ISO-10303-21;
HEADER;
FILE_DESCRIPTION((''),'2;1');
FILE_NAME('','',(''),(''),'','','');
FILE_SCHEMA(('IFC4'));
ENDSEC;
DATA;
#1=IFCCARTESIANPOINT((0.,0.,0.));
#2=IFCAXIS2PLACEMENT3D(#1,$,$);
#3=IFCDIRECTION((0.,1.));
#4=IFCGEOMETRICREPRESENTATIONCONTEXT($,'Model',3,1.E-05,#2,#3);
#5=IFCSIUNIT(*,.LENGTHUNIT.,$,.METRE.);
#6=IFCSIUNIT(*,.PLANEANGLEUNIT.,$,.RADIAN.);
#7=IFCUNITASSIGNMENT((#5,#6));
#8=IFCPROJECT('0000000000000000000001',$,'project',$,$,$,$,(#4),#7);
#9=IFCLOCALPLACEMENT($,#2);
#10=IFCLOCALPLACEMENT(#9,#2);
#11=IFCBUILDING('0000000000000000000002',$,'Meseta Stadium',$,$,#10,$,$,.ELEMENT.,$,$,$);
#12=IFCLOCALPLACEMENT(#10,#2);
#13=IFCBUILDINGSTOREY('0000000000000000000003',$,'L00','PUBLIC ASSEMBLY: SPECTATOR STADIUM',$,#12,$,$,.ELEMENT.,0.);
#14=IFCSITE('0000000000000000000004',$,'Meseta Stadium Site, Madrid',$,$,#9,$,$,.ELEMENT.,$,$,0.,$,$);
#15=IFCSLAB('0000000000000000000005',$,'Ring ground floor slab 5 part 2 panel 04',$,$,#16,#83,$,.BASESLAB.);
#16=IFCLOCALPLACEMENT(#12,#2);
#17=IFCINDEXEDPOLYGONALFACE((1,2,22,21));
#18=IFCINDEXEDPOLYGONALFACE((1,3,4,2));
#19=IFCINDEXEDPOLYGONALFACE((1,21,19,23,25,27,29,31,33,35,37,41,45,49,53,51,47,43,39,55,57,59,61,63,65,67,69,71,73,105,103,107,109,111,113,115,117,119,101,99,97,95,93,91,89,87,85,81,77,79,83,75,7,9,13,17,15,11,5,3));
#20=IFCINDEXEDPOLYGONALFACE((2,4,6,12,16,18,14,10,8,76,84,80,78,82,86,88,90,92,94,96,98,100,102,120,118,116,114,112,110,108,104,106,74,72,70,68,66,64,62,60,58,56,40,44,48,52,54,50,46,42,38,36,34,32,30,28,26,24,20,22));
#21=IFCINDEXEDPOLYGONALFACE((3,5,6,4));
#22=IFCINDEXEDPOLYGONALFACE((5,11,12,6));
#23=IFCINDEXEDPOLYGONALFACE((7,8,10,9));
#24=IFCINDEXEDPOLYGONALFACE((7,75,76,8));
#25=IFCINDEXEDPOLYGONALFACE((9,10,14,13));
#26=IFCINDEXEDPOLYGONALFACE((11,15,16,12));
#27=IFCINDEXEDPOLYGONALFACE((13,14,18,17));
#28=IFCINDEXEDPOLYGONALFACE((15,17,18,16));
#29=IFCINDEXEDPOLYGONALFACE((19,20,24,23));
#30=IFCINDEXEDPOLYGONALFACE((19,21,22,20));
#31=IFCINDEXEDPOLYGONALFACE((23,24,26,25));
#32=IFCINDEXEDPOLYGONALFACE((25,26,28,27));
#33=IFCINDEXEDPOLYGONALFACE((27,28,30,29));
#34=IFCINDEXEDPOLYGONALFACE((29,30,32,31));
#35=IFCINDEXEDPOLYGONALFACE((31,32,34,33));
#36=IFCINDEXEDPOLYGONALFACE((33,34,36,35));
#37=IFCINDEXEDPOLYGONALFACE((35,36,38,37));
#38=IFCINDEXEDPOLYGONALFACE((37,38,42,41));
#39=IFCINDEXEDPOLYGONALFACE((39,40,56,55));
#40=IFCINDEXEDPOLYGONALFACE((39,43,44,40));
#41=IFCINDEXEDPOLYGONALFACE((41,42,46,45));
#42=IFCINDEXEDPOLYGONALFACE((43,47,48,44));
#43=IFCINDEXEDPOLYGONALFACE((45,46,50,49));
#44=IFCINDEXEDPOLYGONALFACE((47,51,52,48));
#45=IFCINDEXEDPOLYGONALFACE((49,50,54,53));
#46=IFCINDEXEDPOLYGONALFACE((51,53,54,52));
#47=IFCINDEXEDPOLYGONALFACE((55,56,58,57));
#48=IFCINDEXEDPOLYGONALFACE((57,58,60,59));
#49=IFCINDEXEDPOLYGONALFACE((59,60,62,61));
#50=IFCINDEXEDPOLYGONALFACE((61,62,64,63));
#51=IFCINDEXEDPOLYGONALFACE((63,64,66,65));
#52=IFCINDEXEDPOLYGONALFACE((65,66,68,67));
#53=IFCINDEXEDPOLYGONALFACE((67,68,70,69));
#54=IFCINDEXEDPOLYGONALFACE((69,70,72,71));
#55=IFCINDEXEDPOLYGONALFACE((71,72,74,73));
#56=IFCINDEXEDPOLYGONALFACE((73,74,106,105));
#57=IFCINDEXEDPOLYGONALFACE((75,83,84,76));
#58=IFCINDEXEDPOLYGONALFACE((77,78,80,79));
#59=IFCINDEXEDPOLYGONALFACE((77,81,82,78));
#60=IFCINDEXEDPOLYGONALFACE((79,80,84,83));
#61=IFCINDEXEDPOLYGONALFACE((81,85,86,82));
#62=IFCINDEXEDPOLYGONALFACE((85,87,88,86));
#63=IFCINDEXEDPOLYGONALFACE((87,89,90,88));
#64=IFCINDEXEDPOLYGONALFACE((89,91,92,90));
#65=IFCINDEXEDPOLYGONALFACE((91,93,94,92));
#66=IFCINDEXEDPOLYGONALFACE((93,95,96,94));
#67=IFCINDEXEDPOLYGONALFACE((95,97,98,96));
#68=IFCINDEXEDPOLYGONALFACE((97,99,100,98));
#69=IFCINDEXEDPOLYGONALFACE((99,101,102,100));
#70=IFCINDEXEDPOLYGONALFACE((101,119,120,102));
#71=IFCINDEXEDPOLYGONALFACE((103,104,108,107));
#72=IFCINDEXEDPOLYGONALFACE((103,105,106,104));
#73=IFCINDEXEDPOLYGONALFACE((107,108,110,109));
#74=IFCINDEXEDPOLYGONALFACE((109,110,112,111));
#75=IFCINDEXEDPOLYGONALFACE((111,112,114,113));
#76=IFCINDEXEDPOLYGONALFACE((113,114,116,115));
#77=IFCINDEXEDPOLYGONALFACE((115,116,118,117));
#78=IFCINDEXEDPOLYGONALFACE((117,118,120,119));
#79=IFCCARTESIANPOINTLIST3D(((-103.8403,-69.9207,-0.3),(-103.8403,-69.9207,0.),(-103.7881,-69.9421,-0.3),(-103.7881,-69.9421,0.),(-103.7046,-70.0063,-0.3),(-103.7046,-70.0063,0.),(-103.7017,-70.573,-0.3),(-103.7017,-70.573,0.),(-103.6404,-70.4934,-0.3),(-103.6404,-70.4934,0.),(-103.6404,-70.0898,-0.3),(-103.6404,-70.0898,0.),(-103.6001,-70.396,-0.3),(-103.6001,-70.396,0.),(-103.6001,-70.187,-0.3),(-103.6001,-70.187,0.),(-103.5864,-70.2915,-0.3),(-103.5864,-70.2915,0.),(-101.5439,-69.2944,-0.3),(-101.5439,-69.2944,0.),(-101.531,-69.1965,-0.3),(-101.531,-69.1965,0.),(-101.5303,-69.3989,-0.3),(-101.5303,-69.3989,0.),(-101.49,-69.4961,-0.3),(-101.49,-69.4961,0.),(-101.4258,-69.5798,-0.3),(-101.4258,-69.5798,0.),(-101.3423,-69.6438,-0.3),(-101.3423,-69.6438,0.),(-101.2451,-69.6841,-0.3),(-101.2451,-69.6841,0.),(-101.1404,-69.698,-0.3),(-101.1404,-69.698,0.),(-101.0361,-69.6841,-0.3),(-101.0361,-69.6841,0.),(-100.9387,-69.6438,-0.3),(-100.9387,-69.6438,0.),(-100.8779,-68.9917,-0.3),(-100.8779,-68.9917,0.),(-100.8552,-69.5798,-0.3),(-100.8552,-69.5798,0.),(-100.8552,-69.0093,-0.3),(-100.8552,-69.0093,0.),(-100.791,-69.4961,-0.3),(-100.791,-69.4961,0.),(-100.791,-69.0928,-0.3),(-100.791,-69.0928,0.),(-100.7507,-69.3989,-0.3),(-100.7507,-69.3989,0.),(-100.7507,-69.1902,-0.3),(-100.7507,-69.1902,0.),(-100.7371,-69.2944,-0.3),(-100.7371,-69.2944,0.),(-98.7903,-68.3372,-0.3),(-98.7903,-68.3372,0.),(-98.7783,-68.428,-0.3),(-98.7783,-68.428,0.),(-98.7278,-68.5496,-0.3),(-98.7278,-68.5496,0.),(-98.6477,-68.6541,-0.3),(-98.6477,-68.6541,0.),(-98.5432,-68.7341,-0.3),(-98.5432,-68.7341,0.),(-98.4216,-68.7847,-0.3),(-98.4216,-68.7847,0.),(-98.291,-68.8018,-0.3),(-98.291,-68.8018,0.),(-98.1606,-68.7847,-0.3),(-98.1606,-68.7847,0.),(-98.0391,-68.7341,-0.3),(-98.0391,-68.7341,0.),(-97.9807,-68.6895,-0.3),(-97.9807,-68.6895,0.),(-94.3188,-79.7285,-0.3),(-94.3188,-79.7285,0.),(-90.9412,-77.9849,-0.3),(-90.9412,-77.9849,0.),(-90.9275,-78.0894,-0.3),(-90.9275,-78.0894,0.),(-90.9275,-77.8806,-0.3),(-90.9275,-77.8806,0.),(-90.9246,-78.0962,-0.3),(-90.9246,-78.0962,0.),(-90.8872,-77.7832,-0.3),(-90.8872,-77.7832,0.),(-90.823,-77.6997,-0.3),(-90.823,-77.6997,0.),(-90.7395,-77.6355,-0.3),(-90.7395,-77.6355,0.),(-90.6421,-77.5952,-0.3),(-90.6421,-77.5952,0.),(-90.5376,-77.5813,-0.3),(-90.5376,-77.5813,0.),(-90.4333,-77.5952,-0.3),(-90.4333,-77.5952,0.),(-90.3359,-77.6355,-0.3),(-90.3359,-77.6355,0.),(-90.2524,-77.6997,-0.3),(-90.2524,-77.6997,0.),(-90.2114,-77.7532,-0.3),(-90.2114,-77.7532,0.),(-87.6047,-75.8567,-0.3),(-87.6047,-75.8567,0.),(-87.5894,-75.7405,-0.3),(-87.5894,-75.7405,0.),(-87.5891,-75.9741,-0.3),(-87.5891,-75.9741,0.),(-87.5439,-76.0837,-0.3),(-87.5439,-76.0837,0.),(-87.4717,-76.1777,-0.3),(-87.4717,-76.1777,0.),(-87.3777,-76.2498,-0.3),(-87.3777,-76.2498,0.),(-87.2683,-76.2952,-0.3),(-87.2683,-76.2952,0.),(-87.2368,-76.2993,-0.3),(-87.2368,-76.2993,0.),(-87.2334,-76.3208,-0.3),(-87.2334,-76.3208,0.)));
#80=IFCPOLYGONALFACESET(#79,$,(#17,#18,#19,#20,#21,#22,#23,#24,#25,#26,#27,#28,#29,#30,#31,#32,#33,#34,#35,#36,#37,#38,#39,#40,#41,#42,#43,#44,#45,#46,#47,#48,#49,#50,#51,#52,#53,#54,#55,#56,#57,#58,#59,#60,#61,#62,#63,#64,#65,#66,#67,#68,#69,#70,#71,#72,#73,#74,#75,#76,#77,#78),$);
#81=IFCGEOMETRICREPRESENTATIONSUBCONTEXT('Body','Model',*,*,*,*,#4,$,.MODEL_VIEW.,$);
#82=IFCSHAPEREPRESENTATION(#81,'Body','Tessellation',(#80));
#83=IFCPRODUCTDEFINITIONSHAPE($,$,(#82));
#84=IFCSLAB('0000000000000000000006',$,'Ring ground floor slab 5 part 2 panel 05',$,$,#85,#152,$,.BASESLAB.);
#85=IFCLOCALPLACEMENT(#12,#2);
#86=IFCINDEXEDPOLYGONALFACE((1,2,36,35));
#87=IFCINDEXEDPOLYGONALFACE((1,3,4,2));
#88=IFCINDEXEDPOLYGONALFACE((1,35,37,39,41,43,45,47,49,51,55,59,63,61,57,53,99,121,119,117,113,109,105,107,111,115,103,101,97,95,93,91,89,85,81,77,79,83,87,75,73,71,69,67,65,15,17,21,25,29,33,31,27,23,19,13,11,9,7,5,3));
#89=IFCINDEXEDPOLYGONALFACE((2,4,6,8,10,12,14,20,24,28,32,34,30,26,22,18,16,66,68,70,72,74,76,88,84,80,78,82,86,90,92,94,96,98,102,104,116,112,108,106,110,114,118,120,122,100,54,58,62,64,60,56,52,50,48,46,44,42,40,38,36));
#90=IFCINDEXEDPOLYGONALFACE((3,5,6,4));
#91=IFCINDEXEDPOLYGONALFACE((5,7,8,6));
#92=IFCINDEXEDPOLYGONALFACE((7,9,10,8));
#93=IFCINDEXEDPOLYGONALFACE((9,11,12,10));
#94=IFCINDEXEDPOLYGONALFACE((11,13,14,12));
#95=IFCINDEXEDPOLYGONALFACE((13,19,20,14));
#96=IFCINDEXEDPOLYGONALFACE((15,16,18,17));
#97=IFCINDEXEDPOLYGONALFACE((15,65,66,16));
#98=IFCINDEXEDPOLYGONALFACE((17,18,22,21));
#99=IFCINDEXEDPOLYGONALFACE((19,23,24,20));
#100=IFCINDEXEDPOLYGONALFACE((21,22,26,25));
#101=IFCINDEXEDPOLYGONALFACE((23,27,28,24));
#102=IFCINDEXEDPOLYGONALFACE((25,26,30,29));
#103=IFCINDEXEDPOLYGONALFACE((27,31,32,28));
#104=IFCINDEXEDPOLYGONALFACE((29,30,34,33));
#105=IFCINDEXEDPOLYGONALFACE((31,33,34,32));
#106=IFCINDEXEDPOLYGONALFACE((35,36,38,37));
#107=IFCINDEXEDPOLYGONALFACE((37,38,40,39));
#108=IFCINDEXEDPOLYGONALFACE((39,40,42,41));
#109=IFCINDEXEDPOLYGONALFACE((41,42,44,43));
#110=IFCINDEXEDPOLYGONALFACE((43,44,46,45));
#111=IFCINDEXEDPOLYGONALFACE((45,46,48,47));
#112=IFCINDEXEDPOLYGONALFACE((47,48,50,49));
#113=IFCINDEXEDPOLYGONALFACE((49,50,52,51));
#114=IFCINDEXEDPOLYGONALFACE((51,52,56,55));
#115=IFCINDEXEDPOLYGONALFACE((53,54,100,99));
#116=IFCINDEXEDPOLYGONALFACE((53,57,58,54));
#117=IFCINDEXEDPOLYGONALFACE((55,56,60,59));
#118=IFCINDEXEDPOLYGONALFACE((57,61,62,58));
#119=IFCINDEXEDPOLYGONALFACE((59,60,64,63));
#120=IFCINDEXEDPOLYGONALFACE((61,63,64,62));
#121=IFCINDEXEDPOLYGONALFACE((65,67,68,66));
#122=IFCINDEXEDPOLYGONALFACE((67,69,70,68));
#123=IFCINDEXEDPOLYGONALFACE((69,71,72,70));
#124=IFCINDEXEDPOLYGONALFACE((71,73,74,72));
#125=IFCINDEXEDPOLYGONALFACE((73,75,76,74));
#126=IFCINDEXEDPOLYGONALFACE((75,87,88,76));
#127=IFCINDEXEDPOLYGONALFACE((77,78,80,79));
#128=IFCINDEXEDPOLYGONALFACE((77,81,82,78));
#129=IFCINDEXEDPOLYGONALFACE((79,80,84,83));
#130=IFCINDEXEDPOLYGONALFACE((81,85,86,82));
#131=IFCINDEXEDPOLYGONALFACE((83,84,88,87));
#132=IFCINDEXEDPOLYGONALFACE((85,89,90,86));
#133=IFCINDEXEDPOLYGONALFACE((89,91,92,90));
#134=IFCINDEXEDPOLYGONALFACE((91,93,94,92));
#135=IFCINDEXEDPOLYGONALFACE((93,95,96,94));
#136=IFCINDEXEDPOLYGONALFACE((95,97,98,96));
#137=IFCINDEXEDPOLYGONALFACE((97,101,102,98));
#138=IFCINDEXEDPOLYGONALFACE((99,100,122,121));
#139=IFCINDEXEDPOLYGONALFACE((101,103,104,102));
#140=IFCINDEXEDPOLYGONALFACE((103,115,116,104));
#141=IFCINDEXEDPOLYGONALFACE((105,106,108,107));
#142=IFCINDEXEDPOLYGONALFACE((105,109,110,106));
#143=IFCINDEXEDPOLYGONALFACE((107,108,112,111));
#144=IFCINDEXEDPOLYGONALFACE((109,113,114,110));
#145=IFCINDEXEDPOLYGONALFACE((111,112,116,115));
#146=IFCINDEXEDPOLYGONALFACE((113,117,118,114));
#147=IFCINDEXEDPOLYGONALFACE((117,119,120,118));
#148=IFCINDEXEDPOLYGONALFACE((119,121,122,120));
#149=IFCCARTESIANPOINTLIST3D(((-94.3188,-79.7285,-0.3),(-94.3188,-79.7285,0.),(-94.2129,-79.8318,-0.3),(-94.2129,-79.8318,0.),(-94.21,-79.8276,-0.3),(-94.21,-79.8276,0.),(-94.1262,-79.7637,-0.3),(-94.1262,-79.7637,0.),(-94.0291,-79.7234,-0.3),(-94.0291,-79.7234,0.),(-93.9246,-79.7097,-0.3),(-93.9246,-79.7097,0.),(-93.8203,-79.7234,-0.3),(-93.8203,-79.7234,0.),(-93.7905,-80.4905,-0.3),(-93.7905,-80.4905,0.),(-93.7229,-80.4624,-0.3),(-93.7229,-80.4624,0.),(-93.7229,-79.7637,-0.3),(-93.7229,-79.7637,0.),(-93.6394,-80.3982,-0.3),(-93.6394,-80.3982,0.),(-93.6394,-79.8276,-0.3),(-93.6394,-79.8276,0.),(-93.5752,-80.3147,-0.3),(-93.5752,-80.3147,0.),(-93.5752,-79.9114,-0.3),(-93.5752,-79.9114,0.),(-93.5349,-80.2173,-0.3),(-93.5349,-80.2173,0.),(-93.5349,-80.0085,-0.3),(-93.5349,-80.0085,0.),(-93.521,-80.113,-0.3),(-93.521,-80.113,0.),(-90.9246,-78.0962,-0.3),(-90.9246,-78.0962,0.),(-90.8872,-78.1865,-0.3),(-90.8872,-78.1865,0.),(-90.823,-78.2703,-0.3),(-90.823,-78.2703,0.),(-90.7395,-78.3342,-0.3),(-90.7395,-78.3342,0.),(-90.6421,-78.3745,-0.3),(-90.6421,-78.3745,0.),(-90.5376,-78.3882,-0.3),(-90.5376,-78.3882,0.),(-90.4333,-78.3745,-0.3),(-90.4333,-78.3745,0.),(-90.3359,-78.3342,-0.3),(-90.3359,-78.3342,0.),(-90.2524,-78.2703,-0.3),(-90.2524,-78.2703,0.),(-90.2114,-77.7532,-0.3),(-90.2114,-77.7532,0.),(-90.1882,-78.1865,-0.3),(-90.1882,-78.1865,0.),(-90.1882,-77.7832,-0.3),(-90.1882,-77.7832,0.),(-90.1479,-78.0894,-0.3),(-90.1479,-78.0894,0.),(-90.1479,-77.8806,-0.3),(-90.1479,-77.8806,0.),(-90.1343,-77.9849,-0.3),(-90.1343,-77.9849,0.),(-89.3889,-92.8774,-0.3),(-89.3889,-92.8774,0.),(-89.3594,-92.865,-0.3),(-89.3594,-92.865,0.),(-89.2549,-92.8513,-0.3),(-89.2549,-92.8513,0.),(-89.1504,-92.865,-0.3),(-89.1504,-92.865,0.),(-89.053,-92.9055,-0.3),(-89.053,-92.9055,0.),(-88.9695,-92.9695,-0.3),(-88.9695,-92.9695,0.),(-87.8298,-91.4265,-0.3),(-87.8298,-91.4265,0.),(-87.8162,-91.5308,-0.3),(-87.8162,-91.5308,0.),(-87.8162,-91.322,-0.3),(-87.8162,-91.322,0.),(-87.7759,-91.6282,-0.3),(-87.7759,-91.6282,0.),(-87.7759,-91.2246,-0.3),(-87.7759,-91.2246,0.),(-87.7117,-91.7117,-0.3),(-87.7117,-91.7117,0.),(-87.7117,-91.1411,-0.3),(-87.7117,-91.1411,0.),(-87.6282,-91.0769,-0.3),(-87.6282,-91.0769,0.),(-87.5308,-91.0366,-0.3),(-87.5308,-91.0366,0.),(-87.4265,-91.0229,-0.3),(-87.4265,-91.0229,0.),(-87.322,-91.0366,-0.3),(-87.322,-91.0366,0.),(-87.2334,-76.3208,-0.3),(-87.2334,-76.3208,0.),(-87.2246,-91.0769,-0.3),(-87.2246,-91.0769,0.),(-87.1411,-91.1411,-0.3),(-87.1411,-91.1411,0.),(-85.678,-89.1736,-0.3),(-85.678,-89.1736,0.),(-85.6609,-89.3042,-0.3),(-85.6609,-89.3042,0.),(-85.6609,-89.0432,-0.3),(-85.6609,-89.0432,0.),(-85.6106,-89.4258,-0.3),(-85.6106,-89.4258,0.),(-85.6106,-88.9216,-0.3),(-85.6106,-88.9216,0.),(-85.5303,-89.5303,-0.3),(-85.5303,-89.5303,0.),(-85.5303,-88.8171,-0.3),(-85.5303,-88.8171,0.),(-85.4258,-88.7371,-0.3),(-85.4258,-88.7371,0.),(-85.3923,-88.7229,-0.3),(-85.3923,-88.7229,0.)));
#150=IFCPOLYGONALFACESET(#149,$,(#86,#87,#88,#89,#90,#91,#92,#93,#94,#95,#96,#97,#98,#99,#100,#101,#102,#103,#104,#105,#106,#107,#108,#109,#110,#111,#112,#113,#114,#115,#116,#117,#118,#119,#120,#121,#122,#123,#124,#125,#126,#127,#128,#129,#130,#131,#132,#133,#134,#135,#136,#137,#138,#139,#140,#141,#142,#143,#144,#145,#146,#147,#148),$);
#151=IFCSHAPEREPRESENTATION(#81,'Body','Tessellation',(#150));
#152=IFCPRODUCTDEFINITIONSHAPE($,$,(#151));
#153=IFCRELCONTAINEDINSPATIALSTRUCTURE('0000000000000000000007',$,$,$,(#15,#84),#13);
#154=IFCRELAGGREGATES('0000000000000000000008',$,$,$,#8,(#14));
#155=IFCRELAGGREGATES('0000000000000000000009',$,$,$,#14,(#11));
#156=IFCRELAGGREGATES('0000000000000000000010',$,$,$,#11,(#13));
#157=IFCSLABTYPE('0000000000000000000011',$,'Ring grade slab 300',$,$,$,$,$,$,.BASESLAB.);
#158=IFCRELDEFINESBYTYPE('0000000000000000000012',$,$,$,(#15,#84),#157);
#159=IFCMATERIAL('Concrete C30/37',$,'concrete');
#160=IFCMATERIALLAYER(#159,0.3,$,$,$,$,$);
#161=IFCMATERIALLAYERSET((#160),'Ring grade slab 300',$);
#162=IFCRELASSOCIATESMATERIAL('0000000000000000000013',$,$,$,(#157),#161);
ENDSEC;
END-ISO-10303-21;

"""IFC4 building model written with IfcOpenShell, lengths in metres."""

from ifc_helpers import new_model, si_unit, direction, frame, origin, place, context, subcontext, project, spatial, polyline, outline, extrude, material, layer, layer_set, type_object, element, save


model = new_model("IFC4")

# Units and contexts
model_context = context("Model", 3, precision=1e-05, world=origin(), true_north=direction((0.0, 1.0)))
body_context = subcontext(model_context, "Body", "Model", "MODEL_VIEW")
ifc_project = project(units=[si_unit("LENGTHUNIT", "METRE"), si_unit("PLANEANGLEUNIT", "RADIAN")], contexts=[model_context])

# Site, building, storey
site_placement = place(None, origin())
site = spatial("IfcSite", under=ifc_project, at=site_placement, Name="Meseta Stadium Site, Madrid", CompositionType="ELEMENT", RefElevation=0.0)
building_placement = place(site_placement, origin())
building = spatial("IfcBuilding", under=site, at=building_placement, Name="Meseta Stadium", CompositionType="ELEMENT")
storey_placement = place(building_placement, origin())
storey = spatial("IfcBuildingStorey", under=building, at=storey_placement, Name="L00", Description="PUBLIC ASSEMBLY: SPECTATOR STADIUM", CompositionType="ELEMENT", Elevation=0.0)

# Slabs
ifc_material_1 = material(Name="Concrete C30/37", Category="concrete")
ifc_layer_1 = layer(ifc_material_1, 0.3)
ifc_layer_set_1 = layer_set([ifc_layer_1], Name="Ring grade slab 300")
slab_type_1 = type_object("IfcSlabType", Name="Ring grade slab 300", PredefinedType="BASESLAB", material=ifc_layer_set_1)
slab_1_placement = place(storey_placement, frame((0.0, 0.0, -0.3)))
element("IfcSlab", 1, at=slab_1_placement, inside=storey, type_object=slab_type_1, Name="Ring ground floor slab 5 part 2 panel 04", PredefinedType="BASESLAB", context=body_context, shape_type="SweptSolid", body=[
    extrude(outline(polyline([(-103.6404, -70.4934), (-103.7017, -70.573), (-94.3188, -79.7285), (-90.9246, -78.0962), (-90.9275, -78.0894), (-90.9412, -77.9849), (-90.9275, -77.8806), (-90.8872, -77.7832), (-90.823, -77.6997), (-90.7395, -77.6355), (-90.6421, -77.5952), (-90.5376, -77.5813), (-90.4333, -77.5952), (-90.3359, -77.6355), (-90.2524, -77.6997), (-90.2114, -77.7532), (-87.2334, -76.3208), (-87.2368, -76.2993), (-87.2683, -76.2952), (-87.3777, -76.2498), (-87.4717, -76.1777), (-87.5439, -76.0837), (-87.5891, -75.9741), (-87.6047, -75.8567), (-87.5894, -75.7405), (-97.9807, -68.6895), (-98.0391, -68.7341), (-98.1606, -68.7847), (-98.291, -68.8018), (-98.4216, -68.7847), (-98.5432, -68.7341), (-98.6477, -68.6541), (-98.7278, -68.5496), (-98.7783, -68.428), (-98.7903, -68.3372), (-100.8779, -68.9917), (-100.8552, -69.0093), (-100.791, -69.0928), (-100.7507, -69.1902), (-100.7371, -69.2944), (-100.7507, -69.3989), (-100.791, -69.4961), (-100.8552, -69.5798), (-100.9387, -69.6438), (-101.0361, -69.6841), (-101.1404, -69.698), (-101.2451, -69.6841), (-101.3423, -69.6438), (-101.4258, -69.5798), (-101.49, -69.4961), (-101.5303, -69.3989), (-101.5439, -69.2944), (-101.531, -69.1965), (-103.8403, -69.9207), (-103.7881, -69.9421), (-103.7046, -70.0063), (-103.6404, -70.0898), (-103.6001, -70.187), (-103.5864, -70.2915), (-103.6001, -70.396), (-103.6404, -70.4934)])), origin(), (0.0, 0.0, 1.0), 0.3),
])
slab_2_placement = place(storey_placement, frame((0.0, 0.0, -0.3)))
element("IfcSlab", 2, at=slab_2_placement, inside=storey, type_object=slab_type_1, Name="Ring ground floor slab 5 part 2 panel 05", PredefinedType="BASESLAB", context=body_context, shape_type="SweptSolid", body=[
    extrude(outline(polyline([(-93.5752, -80.3147), (-93.6394, -80.3982), (-93.7229, -80.4624), (-93.7905, -80.4905), (-89.3889, -92.8774), (-89.3594, -92.865), (-89.2549, -92.8513), (-89.1504, -92.865), (-89.053, -92.9055), (-88.9695, -92.9695), (-87.7117, -91.7117), (-87.7759, -91.6282), (-87.8162, -91.5308), (-87.8298, -91.4265), (-87.8162, -91.322), (-87.7759, -91.2246), (-87.7117, -91.1411), (-87.6282, -91.0769), (-87.5308, -91.0366), (-87.4265, -91.0229), (-87.322, -91.0366), (-87.2246, -91.0769), (-87.1411, -91.1411), (-85.5303, -89.5303), (-85.6106, -89.4258), (-85.6609, -89.3042), (-85.678, -89.1736), (-85.6609, -89.0432), (-85.6106, -88.9216), (-85.5303, -88.8171), (-85.4258, -88.7371), (-85.3923, -88.7229), (-87.2334, -76.3208), (-90.2114, -77.7532), (-90.1882, -77.7832), (-90.1479, -77.8806), (-90.1343, -77.9849), (-90.1479, -78.0894), (-90.1882, -78.1865), (-90.2524, -78.2703), (-90.3359, -78.3342), (-90.4333, -78.3745), (-90.5376, -78.3882), (-90.6421, -78.3745), (-90.7395, -78.3342), (-90.823, -78.2703), (-90.8872, -78.1865), (-90.9246, -78.0962), (-94.3188, -79.7285), (-94.2129, -79.8318), (-94.21, -79.8276), (-94.1262, -79.7637), (-94.0291, -79.7234), (-93.9246, -79.7097), (-93.8203, -79.7234), (-93.7229, -79.7637), (-93.6394, -79.8276), (-93.5752, -79.9114), (-93.5349, -80.0085), (-93.521, -80.113), (-93.5349, -80.2173), (-93.5752, -80.3147)])), origin(), (0.0, 0.0, 1.0), 0.3),
])

save(model, "model.ifc")
